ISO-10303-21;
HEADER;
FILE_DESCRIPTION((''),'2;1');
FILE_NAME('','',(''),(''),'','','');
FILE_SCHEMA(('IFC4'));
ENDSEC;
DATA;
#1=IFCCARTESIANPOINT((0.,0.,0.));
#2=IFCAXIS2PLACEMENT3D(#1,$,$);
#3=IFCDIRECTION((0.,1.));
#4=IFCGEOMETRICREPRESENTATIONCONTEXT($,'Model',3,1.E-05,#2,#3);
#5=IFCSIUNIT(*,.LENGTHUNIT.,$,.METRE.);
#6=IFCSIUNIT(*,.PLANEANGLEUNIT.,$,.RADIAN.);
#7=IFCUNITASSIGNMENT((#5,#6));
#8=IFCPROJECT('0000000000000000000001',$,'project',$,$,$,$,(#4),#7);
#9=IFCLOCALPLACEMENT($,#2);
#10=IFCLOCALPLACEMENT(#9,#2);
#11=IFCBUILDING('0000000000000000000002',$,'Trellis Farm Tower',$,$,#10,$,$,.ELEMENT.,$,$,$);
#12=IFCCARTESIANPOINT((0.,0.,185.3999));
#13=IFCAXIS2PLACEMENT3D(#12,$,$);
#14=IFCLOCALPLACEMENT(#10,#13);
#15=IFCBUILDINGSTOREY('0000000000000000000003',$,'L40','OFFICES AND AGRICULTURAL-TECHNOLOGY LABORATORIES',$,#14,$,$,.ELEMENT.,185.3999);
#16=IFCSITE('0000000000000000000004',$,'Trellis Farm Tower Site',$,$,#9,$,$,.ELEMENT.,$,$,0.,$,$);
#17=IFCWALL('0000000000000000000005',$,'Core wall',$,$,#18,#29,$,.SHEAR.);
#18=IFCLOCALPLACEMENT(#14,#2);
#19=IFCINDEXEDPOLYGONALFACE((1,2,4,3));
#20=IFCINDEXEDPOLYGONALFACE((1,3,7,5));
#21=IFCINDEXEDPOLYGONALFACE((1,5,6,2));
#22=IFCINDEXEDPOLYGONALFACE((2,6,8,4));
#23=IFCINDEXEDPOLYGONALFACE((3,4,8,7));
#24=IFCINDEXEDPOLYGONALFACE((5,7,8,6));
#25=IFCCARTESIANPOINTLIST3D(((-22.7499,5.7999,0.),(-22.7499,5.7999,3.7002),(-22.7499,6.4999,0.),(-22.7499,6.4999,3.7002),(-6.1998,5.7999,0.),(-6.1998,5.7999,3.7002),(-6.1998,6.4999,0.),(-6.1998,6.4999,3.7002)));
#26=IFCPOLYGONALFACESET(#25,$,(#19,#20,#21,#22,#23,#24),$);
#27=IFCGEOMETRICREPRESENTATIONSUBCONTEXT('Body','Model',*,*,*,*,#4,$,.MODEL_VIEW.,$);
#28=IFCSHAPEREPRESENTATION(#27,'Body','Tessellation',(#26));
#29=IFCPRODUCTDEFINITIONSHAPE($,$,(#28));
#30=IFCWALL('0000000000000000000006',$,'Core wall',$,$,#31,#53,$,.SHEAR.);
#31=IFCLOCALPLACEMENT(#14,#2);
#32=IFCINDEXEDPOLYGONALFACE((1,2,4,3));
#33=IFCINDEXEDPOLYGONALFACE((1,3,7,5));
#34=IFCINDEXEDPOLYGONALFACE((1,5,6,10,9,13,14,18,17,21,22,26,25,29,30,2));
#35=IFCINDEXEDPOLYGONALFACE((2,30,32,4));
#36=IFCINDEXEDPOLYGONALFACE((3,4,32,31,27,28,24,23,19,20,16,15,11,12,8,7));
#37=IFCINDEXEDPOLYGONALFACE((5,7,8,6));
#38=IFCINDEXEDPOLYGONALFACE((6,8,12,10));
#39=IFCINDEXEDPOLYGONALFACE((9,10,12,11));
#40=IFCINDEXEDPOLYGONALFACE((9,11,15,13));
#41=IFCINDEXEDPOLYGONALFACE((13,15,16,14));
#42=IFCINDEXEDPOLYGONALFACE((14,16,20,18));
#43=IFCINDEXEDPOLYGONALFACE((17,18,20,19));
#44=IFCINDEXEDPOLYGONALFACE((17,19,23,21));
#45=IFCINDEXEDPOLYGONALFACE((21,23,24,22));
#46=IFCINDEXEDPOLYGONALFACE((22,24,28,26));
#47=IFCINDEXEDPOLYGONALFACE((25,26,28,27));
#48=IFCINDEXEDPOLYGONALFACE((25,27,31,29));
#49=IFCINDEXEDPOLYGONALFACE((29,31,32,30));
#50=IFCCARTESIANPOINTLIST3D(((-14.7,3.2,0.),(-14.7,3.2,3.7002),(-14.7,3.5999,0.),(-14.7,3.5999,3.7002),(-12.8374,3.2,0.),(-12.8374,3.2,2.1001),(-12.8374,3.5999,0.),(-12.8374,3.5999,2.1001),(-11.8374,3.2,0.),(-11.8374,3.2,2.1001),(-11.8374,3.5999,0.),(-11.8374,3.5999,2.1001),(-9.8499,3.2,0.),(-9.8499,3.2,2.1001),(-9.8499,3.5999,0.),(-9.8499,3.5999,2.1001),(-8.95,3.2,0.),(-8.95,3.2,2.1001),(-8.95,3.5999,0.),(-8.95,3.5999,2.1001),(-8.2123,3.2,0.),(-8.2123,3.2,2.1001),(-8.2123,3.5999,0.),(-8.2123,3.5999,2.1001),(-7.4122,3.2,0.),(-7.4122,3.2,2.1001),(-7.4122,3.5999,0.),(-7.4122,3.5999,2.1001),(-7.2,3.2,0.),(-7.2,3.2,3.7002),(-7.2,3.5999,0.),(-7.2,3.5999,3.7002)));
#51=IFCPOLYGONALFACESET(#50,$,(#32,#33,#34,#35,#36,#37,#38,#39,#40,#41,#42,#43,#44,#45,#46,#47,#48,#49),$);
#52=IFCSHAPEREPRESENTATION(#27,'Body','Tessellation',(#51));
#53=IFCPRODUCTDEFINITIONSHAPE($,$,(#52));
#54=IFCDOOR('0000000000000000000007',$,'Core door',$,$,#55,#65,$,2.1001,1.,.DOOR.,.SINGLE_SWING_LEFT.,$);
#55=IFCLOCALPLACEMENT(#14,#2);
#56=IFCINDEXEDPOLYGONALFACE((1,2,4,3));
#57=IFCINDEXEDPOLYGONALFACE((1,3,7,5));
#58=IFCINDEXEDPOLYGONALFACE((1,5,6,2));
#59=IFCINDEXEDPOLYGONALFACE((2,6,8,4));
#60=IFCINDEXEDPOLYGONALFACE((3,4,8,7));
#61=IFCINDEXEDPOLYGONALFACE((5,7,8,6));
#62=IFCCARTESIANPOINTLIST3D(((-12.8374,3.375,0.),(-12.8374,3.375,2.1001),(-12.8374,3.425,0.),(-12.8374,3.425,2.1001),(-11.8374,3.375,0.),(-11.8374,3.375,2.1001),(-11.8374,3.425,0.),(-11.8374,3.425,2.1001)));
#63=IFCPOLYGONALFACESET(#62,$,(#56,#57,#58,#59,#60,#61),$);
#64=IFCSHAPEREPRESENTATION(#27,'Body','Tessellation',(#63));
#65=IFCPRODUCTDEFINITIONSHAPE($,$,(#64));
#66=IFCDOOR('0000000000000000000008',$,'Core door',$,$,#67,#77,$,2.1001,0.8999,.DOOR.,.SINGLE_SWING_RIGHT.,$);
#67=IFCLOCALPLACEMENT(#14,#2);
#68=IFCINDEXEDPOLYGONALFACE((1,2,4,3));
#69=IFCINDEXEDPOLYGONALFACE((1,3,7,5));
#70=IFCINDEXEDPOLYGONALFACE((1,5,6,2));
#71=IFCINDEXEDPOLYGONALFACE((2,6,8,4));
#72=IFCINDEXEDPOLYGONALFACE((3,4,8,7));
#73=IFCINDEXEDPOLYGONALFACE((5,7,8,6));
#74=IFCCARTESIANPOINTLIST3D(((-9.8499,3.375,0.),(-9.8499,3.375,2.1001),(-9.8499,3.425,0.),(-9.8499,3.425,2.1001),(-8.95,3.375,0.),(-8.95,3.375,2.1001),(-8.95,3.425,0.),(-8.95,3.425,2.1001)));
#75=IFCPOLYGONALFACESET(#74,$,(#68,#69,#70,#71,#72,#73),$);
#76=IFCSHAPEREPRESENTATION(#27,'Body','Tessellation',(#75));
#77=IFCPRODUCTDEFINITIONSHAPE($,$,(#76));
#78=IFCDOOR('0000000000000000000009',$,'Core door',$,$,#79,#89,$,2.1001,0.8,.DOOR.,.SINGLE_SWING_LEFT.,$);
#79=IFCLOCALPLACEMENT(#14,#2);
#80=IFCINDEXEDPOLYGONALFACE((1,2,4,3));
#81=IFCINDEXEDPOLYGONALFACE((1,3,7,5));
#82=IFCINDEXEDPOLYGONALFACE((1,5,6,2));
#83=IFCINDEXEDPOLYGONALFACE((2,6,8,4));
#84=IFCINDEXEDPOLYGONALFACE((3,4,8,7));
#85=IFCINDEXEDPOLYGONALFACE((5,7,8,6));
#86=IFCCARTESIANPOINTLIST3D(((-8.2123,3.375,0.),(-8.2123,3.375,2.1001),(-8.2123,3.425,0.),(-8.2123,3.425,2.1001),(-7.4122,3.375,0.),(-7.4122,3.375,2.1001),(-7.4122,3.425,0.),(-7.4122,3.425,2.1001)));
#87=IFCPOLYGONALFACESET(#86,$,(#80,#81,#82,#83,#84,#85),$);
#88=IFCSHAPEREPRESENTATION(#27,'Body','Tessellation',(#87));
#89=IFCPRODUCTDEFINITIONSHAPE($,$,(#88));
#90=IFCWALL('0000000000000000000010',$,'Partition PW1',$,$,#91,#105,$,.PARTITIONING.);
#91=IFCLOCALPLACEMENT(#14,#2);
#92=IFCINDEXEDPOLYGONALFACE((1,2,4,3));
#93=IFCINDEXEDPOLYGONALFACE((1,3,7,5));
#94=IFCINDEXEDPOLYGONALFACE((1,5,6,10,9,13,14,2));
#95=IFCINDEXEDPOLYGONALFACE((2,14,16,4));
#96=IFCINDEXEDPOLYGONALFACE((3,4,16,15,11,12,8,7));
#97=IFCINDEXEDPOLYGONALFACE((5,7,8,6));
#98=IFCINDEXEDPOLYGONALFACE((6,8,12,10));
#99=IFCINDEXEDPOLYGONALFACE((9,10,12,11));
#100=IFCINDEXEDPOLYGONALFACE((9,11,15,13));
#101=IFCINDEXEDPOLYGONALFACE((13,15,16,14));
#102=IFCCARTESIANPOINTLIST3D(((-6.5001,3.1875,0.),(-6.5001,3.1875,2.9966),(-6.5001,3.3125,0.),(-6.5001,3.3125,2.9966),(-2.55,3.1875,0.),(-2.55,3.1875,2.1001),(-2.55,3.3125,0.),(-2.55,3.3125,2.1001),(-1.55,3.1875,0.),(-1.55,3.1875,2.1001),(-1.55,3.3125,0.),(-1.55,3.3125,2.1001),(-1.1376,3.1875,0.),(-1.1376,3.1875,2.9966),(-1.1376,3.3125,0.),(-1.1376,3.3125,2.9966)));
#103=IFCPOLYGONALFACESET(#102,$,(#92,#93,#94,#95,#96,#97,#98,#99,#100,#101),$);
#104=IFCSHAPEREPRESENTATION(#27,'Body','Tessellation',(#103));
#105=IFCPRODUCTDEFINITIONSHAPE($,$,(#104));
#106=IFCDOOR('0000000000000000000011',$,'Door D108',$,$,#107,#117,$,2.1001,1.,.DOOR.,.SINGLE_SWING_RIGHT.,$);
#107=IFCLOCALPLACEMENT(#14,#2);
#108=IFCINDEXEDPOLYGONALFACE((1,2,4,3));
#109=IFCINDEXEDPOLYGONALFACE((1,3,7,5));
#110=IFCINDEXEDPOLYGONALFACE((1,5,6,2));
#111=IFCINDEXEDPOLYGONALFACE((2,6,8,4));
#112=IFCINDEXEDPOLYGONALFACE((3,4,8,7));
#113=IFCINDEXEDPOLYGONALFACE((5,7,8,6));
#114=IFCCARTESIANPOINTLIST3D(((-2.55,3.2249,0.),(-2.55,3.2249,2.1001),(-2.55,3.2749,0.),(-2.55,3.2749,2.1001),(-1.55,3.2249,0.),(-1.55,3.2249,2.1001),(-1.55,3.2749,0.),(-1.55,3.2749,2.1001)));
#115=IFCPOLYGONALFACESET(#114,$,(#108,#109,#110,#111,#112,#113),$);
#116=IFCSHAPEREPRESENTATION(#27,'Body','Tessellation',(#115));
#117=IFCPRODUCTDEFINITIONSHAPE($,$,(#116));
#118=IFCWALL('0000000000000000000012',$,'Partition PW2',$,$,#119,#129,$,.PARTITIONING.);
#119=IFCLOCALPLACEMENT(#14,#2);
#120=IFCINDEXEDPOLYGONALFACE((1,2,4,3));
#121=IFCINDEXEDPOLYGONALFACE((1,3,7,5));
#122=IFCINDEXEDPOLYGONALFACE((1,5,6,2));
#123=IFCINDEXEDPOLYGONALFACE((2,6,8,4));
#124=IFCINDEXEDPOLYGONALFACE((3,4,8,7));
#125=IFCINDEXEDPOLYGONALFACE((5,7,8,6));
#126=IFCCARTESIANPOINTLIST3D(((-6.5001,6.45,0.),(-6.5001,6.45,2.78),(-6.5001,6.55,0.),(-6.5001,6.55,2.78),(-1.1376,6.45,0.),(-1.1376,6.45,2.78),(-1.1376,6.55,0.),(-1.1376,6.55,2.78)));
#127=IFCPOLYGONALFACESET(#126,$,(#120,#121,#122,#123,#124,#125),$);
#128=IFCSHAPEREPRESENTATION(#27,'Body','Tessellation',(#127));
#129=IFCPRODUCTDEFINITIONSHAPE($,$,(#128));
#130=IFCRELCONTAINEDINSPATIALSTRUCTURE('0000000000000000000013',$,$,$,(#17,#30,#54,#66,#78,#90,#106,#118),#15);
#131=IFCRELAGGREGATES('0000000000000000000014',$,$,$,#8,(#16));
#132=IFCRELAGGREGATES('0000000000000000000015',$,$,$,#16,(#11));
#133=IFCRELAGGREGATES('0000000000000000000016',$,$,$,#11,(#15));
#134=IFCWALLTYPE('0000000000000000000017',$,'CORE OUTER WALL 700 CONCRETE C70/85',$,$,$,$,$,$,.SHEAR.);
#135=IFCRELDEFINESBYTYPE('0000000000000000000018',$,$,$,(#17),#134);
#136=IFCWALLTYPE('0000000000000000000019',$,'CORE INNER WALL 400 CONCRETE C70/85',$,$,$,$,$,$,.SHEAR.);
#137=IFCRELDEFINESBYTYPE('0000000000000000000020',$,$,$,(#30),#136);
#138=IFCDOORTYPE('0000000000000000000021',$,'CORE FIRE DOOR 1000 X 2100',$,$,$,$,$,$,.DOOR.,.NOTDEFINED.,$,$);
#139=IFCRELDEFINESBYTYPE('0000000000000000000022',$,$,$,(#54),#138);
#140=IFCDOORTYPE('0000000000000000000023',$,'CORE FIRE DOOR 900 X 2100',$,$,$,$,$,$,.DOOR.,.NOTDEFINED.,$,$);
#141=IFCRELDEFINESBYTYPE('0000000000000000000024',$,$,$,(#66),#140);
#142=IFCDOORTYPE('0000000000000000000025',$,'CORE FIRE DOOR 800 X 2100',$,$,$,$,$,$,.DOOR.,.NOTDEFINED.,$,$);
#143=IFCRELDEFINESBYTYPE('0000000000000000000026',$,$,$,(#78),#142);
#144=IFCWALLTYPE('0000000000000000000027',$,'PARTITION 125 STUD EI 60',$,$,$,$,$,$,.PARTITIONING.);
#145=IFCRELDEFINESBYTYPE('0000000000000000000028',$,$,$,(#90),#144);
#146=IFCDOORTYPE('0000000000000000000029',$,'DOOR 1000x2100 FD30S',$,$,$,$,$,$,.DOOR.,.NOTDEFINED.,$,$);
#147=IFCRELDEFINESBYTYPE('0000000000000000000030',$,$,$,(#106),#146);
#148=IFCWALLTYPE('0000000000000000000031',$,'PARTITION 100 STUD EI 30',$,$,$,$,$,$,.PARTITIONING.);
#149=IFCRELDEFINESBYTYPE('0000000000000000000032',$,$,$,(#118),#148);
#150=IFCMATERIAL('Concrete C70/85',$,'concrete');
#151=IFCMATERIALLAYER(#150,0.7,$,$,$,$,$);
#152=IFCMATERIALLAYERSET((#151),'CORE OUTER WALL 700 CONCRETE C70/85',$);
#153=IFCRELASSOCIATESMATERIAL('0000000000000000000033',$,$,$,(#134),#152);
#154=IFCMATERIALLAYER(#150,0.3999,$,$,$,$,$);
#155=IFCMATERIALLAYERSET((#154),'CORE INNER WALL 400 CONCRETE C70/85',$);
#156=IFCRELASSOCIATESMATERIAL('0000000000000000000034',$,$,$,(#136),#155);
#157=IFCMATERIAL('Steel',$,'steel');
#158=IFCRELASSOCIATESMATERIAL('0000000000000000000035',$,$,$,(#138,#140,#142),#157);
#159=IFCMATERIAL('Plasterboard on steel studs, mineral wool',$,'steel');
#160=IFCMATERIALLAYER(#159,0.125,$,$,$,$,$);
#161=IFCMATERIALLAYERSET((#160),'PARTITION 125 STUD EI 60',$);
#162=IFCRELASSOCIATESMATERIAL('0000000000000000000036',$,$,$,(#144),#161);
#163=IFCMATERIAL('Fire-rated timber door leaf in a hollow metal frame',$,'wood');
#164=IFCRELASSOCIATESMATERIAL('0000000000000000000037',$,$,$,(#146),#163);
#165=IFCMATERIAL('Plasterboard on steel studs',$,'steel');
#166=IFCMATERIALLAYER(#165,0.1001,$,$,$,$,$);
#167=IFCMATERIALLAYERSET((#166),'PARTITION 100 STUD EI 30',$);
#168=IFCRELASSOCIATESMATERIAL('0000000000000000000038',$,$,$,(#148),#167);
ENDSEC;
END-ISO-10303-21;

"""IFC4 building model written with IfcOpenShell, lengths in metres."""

from ifc_helpers import new_model, si_unit, direction, frame, frame_2d, origin, place, context, subcontext, project, spatial, rectangle, extrude, source, transform, mapped, material, layer, layer_set, type_object, element, fill, save


model = new_model("IFC4")

# Units and contexts
model_context = context("Model", 3, precision=1e-05, world=origin(), true_north=direction((0.0, 1.0)))
body_context = subcontext(model_context, "Body", "Model", "MODEL_VIEW")
ifc_project = project(units=[si_unit("LENGTHUNIT", "METRE"), si_unit("PLANEANGLEUNIT", "RADIAN")], contexts=[model_context])

# Site, building, storey
site_placement = place(None, origin())
site = spatial("IfcSite", under=ifc_project, at=site_placement, Name="Trellis Farm Tower Site", CompositionType="ELEMENT", RefElevation=0.0)
building_placement = place(site_placement, origin())
building = spatial("IfcBuilding", under=site, at=building_placement, Name="Trellis Farm Tower", CompositionType="ELEMENT")
storey_placement = place(building_placement, frame((0.0, 0.0, 185.3999)))
storey = spatial("IfcBuildingStorey", under=building, at=storey_placement, Name="L40", Description="OFFICES AND AGRICULTURAL-TECHNOLOGY LABORATORIES", CompositionType="ELEMENT", Elevation=185.3999)

# Shared definitions
ifc_material_1 = material(Name="Concrete C70/85", Category="concrete")

# Shared definitions
ifc_layer_1 = layer(ifc_material_1, 0.7)
ifc_layer_set_1 = layer_set([ifc_layer_1], Name="CORE OUTER WALL 700 CONCRETE C70/85")
wall_type_1 = type_object("IfcWallType", Name="CORE OUTER WALL 700 CONCRETE C70/85", PredefinedType="SHEAR", material=ifc_layer_set_1)
ifc_material_2 = material(Name="Steel", Category="steel")

# Wall
shared_shape_1 = source(origin(), body_context, "Body", "SweptSolid", [
    extrude(rectangle(XDim=16.55, YDim=0.7, at=frame_2d((8.2749, 0.0))), origin(), (0.0, 0.0, 1.0), 3.7002),
])
wall_1_placement = place(storey_placement, frame((-6.2, 6.1499, 0.0), z_axis=(0.0, 0.0, 1.0), x_axis=(-1.0, 0.0, 0.0)))
element("IfcWall", 1, at=wall_1_placement, inside=storey, type_object=wall_type_1, Name="Core wall", PredefinedType="SHEAR", context=body_context, shape_type="MappedRepresentation", body=[
    mapped(shared_shape_1, transform((0.0, 0.0, 0.0))),
])

# Wall, openings, doors
ifc_layer_2 = layer(ifc_material_1, 0.3999)
ifc_layer_set_2 = layer_set([ifc_layer_2], Name="CORE INNER WALL 400 CONCRETE C70/85")
wall_type_2 = type_object("IfcWallType", Name="CORE INNER WALL 400 CONCRETE C70/85", PredefinedType="SHEAR", material=ifc_layer_set_2)
shared_shape_2 = source(origin(), body_context, "Body", "SweptSolid", [
    extrude(rectangle(XDim=7.5, YDim=0.3999, at=frame_2d((3.75, 0.0))), origin(), (0.0, 0.0, 1.0), 3.7002),
])
wall_2_placement = place(storey_placement, frame((-7.2, 3.3999, 0.0), z_axis=(0.0, 0.0, 1.0), x_axis=(-1.0, 0.0, 0.0)))
wall_2 = element("IfcWall", 2, at=wall_2_placement, inside=storey, type_object=wall_type_2, Name="Core wall", PredefinedType="SHEAR", context=body_context, shape_type="MappedRepresentation", body=[
    mapped(shared_shape_2, transform((0.0, 0.0, 0.0))),
])
shared_shape_3 = source(origin(), body_context, "Body", "SweptSolid", [
    extrude(rectangle(XDim=0.8, YDim=2.1001, at=frame_2d((0.3999, 1.05))), frame((0.0, 0.21, 0.0), z_axis=(0.0, -1.0, 0.0), x_axis=(1.0, 0.0, 0.0)), (0.0, 0.0, 1.0), 0.4199),
])
opening_1_placement = place(wall_2_placement, frame((0.2124, 0.0, 0.0)))
opening_1 = element("IfcOpeningElement", 3, at=opening_1_placement, cuts=wall_2, PredefinedType="OPENING", context=body_context, shape_type="MappedRepresentation", body=[
    mapped(shared_shape_3, transform((0.0, 0.0, 0.0))),
])
shared_shape_4 = source(origin(), body_context, "Body", "SweptSolid", [
    extrude(rectangle(XDim=0.8999, YDim=2.1001, at=frame_2d((0.45, 1.05))), frame((0.0, 0.21, 0.0), z_axis=(0.0, -1.0, 0.0), x_axis=(1.0, 0.0, 0.0)), (0.0, 0.0, 1.0), 0.4199),
])
opening_2_placement = place(wall_2_placement, frame((1.75, 0.0, 0.0)))
opening_2 = element("IfcOpeningElement", 4, at=opening_2_placement, cuts=wall_2, PredefinedType="OPENING", context=body_context, shape_type="MappedRepresentation", body=[
    mapped(shared_shape_4, transform((0.0, 0.0, 0.0))),
])
shared_shape_5 = source(origin(), body_context, "Body", "SweptSolid", [
    extrude(rectangle(XDim=1.0, YDim=2.1001, at=frame_2d((0.5, 1.05))), frame((0.0, 0.21, 0.0), z_axis=(0.0, -1.0, 0.0), x_axis=(1.0, 0.0, 0.0)), (0.0, 0.0, 1.0), 0.4199),
])
opening_3_placement = place(wall_2_placement, frame((4.6375, 0.0, 0.0)))
opening_3 = element("IfcOpeningElement", 5, at=opening_3_placement, cuts=wall_2, PredefinedType="OPENING", context=body_context, shape_type="MappedRepresentation", body=[
    mapped(shared_shape_5, transform((0.0, 0.0, 0.0))),
])
door_type_1 = type_object("IfcDoorType", Name="CORE FIRE DOOR 1000 X 2100", OperationType="NOTDEFINED", PredefinedType="DOOR", material=ifc_material_2)
shared_shape_6 = source(origin(), body_context, "Body", "SweptSolid", [
    extrude(rectangle(XDim=1.0, YDim=2.1001, at=frame_2d((0.5, 1.05))), frame((0.0, 0.0249, 0.0), z_axis=(0.0, -1.0, 0.0), x_axis=(1.0, 0.0, 0.0)), (0.0, 0.0, 1.0), 0.05),
])
door_1_placement = place(opening_3_placement, origin())
door_1 = element("IfcDoor", 6, at=door_1_placement, inside=storey, type_object=door_type_1, Name="Core door", OperationType="SINGLE_SWING_LEFT", OverallHeight=2.1001, OverallWidth=1.0, PredefinedType="DOOR", context=body_context, shape_type="MappedRepresentation", body=[
    mapped(shared_shape_6, transform((0.0, 0.0, 0.0))),
])
fill(opening_3, door_1)
door_type_2 = type_object("IfcDoorType", Name="CORE FIRE DOOR 900 X 2100", OperationType="NOTDEFINED", PredefinedType="DOOR", material=ifc_material_2)
shared_shape_7 = source(origin(), body_context, "Body", "SweptSolid", [
    extrude(rectangle(XDim=0.8999, YDim=2.1001, at=frame_2d((0.45, 1.05))), frame((0.0, 0.0249, 0.0), z_axis=(0.0, -1.0, 0.0), x_axis=(1.0, 0.0, 0.0)), (0.0, 0.0, 1.0), 0.05),
])
door_2_placement = place(opening_2_placement, origin())
door_2 = element("IfcDoor", 7, at=door_2_placement, inside=storey, type_object=door_type_2, Name="Core door", OperationType="SINGLE_SWING_RIGHT", OverallHeight=2.1001, OverallWidth=0.8999, PredefinedType="DOOR", context=body_context, shape_type="MappedRepresentation", body=[
    mapped(shared_shape_7, transform((0.0, 0.0, 0.0))),
])
fill(opening_2, door_2)
door_type_3 = type_object("IfcDoorType", Name="CORE FIRE DOOR 800 X 2100", OperationType="NOTDEFINED", PredefinedType="DOOR", material=ifc_material_2)
shared_shape_8 = source(origin(), body_context, "Body", "SweptSolid", [
    extrude(rectangle(XDim=0.8, YDim=2.1001, at=frame_2d((0.3999, 1.05))), frame((0.0, 0.0249, 0.0), z_axis=(0.0, -1.0, 0.0), x_axis=(1.0, 0.0, 0.0)), (0.0, 0.0, 1.0), 0.05),
])
door_3_placement = place(opening_1_placement, origin())
door_3 = element("IfcDoor", 8, at=door_3_placement, inside=storey, type_object=door_type_3, Name="Core door", OperationType="SINGLE_SWING_LEFT", OverallHeight=2.1001, OverallWidth=0.8, PredefinedType="DOOR", context=body_context, shape_type="MappedRepresentation", body=[
    mapped(shared_shape_8, transform((0.0, 0.0, 0.0))),
])
fill(opening_1, door_3)

# Wall, opening, door
ifc_material_3 = material(Name="Plasterboard on steel studs, mineral wool", Category="steel")
ifc_layer_3 = layer(ifc_material_3, 0.125)
ifc_layer_set_3 = layer_set([ifc_layer_3], Name="PARTITION 125 STUD EI 60")
wall_type_3 = type_object("IfcWallType", Name="PARTITION 125 STUD EI 60", PredefinedType="PARTITIONING", material=ifc_layer_set_3)
shared_shape_9 = source(origin(), body_context, "Body", "SweptSolid", [
    extrude(rectangle(XDim=5.3625, YDim=0.125, at=frame_2d((2.6812, 0.0))), origin(), (0.0, 0.0, 1.0), 2.9966),
])
wall_3_placement = place(storey_placement, frame((-6.5, 3.25, 0.0), z_axis=(0.0, 0.0, 1.0), x_axis=(1.0, 0.0, 0.0)))
wall_3 = element("IfcWall", 9, at=wall_3_placement, inside=storey, type_object=wall_type_3, Name="Partition PW1", PredefinedType="PARTITIONING", context=body_context, shape_type="MappedRepresentation", body=[
    mapped(shared_shape_9, transform((0.0, 0.0, 0.0))),
])
shared_shape_10 = source(origin(), body_context, "Body", "SweptSolid", [
    extrude(rectangle(XDim=1.0, YDim=2.1001, at=frame_2d((0.5, 1.05))), frame((0.0, 0.0725, 0.0), z_axis=(0.0, -1.0, 0.0), x_axis=(1.0, 0.0, 0.0)), (0.0, 0.0, 1.0), 0.145),
])
opening_4_placement = place(wall_3_placement, frame((3.95, 0.0, 0.0)))
opening_4 = element("IfcOpeningElement", 10, at=opening_4_placement, cuts=wall_3, PredefinedType="OPENING", context=body_context, shape_type="MappedRepresentation", body=[
    mapped(shared_shape_10, transform((0.0, 0.0, 0.0))),
])
ifc_material_4 = material(Name="Fire-rated timber door leaf in a hollow metal frame", Category="wood")
door_type_4 = type_object("IfcDoorType", Name="DOOR 1000x2100 FD30S", OperationType="NOTDEFINED", PredefinedType="DOOR", material=ifc_material_4)
door_4_placement = place(opening_4_placement, origin())
door_4 = element("IfcDoor", 11, at=door_4_placement, inside=storey, type_object=door_type_4, Name="Door D108", OperationType="SINGLE_SWING_RIGHT", OverallHeight=2.1001, OverallWidth=1.0, PredefinedType="DOOR", context=body_context, shape_type="MappedRepresentation", body=[
    mapped(shared_shape_6, transform((0.0, 0.0, 0.0))),
])
fill(opening_4, door_4)

# Wall
ifc_material_5 = material(Name="Plasterboard on steel studs", Category="steel")
ifc_layer_4 = layer(ifc_material_5, 0.1001)
ifc_layer_set_4 = layer_set([ifc_layer_4], Name="PARTITION 100 STUD EI 30")
wall_type_4 = type_object("IfcWallType", Name="PARTITION 100 STUD EI 30", PredefinedType="PARTITIONING", material=ifc_layer_set_4)
shared_shape_11 = source(origin(), body_context, "Body", "SweptSolid", [
    extrude(rectangle(XDim=5.3625, YDim=0.1001, at=frame_2d((2.6812, 0.0))), origin(), (0.0, 0.0, 1.0), 2.78),
])
wall_4_placement = place(storey_placement, frame((-6.5, 6.5, 0.0), z_axis=(0.0, 0.0, 1.0), x_axis=(1.0, 0.0, 0.0)))
element("IfcWall", 12, at=wall_4_placement, inside=storey, type_object=wall_type_4, Name="Partition PW2", PredefinedType="PARTITIONING", context=body_context, shape_type="MappedRepresentation", body=[
    mapped(shared_shape_11, transform((0.0, 0.0, 0.0))),
])

save(model, "model.ifc")
